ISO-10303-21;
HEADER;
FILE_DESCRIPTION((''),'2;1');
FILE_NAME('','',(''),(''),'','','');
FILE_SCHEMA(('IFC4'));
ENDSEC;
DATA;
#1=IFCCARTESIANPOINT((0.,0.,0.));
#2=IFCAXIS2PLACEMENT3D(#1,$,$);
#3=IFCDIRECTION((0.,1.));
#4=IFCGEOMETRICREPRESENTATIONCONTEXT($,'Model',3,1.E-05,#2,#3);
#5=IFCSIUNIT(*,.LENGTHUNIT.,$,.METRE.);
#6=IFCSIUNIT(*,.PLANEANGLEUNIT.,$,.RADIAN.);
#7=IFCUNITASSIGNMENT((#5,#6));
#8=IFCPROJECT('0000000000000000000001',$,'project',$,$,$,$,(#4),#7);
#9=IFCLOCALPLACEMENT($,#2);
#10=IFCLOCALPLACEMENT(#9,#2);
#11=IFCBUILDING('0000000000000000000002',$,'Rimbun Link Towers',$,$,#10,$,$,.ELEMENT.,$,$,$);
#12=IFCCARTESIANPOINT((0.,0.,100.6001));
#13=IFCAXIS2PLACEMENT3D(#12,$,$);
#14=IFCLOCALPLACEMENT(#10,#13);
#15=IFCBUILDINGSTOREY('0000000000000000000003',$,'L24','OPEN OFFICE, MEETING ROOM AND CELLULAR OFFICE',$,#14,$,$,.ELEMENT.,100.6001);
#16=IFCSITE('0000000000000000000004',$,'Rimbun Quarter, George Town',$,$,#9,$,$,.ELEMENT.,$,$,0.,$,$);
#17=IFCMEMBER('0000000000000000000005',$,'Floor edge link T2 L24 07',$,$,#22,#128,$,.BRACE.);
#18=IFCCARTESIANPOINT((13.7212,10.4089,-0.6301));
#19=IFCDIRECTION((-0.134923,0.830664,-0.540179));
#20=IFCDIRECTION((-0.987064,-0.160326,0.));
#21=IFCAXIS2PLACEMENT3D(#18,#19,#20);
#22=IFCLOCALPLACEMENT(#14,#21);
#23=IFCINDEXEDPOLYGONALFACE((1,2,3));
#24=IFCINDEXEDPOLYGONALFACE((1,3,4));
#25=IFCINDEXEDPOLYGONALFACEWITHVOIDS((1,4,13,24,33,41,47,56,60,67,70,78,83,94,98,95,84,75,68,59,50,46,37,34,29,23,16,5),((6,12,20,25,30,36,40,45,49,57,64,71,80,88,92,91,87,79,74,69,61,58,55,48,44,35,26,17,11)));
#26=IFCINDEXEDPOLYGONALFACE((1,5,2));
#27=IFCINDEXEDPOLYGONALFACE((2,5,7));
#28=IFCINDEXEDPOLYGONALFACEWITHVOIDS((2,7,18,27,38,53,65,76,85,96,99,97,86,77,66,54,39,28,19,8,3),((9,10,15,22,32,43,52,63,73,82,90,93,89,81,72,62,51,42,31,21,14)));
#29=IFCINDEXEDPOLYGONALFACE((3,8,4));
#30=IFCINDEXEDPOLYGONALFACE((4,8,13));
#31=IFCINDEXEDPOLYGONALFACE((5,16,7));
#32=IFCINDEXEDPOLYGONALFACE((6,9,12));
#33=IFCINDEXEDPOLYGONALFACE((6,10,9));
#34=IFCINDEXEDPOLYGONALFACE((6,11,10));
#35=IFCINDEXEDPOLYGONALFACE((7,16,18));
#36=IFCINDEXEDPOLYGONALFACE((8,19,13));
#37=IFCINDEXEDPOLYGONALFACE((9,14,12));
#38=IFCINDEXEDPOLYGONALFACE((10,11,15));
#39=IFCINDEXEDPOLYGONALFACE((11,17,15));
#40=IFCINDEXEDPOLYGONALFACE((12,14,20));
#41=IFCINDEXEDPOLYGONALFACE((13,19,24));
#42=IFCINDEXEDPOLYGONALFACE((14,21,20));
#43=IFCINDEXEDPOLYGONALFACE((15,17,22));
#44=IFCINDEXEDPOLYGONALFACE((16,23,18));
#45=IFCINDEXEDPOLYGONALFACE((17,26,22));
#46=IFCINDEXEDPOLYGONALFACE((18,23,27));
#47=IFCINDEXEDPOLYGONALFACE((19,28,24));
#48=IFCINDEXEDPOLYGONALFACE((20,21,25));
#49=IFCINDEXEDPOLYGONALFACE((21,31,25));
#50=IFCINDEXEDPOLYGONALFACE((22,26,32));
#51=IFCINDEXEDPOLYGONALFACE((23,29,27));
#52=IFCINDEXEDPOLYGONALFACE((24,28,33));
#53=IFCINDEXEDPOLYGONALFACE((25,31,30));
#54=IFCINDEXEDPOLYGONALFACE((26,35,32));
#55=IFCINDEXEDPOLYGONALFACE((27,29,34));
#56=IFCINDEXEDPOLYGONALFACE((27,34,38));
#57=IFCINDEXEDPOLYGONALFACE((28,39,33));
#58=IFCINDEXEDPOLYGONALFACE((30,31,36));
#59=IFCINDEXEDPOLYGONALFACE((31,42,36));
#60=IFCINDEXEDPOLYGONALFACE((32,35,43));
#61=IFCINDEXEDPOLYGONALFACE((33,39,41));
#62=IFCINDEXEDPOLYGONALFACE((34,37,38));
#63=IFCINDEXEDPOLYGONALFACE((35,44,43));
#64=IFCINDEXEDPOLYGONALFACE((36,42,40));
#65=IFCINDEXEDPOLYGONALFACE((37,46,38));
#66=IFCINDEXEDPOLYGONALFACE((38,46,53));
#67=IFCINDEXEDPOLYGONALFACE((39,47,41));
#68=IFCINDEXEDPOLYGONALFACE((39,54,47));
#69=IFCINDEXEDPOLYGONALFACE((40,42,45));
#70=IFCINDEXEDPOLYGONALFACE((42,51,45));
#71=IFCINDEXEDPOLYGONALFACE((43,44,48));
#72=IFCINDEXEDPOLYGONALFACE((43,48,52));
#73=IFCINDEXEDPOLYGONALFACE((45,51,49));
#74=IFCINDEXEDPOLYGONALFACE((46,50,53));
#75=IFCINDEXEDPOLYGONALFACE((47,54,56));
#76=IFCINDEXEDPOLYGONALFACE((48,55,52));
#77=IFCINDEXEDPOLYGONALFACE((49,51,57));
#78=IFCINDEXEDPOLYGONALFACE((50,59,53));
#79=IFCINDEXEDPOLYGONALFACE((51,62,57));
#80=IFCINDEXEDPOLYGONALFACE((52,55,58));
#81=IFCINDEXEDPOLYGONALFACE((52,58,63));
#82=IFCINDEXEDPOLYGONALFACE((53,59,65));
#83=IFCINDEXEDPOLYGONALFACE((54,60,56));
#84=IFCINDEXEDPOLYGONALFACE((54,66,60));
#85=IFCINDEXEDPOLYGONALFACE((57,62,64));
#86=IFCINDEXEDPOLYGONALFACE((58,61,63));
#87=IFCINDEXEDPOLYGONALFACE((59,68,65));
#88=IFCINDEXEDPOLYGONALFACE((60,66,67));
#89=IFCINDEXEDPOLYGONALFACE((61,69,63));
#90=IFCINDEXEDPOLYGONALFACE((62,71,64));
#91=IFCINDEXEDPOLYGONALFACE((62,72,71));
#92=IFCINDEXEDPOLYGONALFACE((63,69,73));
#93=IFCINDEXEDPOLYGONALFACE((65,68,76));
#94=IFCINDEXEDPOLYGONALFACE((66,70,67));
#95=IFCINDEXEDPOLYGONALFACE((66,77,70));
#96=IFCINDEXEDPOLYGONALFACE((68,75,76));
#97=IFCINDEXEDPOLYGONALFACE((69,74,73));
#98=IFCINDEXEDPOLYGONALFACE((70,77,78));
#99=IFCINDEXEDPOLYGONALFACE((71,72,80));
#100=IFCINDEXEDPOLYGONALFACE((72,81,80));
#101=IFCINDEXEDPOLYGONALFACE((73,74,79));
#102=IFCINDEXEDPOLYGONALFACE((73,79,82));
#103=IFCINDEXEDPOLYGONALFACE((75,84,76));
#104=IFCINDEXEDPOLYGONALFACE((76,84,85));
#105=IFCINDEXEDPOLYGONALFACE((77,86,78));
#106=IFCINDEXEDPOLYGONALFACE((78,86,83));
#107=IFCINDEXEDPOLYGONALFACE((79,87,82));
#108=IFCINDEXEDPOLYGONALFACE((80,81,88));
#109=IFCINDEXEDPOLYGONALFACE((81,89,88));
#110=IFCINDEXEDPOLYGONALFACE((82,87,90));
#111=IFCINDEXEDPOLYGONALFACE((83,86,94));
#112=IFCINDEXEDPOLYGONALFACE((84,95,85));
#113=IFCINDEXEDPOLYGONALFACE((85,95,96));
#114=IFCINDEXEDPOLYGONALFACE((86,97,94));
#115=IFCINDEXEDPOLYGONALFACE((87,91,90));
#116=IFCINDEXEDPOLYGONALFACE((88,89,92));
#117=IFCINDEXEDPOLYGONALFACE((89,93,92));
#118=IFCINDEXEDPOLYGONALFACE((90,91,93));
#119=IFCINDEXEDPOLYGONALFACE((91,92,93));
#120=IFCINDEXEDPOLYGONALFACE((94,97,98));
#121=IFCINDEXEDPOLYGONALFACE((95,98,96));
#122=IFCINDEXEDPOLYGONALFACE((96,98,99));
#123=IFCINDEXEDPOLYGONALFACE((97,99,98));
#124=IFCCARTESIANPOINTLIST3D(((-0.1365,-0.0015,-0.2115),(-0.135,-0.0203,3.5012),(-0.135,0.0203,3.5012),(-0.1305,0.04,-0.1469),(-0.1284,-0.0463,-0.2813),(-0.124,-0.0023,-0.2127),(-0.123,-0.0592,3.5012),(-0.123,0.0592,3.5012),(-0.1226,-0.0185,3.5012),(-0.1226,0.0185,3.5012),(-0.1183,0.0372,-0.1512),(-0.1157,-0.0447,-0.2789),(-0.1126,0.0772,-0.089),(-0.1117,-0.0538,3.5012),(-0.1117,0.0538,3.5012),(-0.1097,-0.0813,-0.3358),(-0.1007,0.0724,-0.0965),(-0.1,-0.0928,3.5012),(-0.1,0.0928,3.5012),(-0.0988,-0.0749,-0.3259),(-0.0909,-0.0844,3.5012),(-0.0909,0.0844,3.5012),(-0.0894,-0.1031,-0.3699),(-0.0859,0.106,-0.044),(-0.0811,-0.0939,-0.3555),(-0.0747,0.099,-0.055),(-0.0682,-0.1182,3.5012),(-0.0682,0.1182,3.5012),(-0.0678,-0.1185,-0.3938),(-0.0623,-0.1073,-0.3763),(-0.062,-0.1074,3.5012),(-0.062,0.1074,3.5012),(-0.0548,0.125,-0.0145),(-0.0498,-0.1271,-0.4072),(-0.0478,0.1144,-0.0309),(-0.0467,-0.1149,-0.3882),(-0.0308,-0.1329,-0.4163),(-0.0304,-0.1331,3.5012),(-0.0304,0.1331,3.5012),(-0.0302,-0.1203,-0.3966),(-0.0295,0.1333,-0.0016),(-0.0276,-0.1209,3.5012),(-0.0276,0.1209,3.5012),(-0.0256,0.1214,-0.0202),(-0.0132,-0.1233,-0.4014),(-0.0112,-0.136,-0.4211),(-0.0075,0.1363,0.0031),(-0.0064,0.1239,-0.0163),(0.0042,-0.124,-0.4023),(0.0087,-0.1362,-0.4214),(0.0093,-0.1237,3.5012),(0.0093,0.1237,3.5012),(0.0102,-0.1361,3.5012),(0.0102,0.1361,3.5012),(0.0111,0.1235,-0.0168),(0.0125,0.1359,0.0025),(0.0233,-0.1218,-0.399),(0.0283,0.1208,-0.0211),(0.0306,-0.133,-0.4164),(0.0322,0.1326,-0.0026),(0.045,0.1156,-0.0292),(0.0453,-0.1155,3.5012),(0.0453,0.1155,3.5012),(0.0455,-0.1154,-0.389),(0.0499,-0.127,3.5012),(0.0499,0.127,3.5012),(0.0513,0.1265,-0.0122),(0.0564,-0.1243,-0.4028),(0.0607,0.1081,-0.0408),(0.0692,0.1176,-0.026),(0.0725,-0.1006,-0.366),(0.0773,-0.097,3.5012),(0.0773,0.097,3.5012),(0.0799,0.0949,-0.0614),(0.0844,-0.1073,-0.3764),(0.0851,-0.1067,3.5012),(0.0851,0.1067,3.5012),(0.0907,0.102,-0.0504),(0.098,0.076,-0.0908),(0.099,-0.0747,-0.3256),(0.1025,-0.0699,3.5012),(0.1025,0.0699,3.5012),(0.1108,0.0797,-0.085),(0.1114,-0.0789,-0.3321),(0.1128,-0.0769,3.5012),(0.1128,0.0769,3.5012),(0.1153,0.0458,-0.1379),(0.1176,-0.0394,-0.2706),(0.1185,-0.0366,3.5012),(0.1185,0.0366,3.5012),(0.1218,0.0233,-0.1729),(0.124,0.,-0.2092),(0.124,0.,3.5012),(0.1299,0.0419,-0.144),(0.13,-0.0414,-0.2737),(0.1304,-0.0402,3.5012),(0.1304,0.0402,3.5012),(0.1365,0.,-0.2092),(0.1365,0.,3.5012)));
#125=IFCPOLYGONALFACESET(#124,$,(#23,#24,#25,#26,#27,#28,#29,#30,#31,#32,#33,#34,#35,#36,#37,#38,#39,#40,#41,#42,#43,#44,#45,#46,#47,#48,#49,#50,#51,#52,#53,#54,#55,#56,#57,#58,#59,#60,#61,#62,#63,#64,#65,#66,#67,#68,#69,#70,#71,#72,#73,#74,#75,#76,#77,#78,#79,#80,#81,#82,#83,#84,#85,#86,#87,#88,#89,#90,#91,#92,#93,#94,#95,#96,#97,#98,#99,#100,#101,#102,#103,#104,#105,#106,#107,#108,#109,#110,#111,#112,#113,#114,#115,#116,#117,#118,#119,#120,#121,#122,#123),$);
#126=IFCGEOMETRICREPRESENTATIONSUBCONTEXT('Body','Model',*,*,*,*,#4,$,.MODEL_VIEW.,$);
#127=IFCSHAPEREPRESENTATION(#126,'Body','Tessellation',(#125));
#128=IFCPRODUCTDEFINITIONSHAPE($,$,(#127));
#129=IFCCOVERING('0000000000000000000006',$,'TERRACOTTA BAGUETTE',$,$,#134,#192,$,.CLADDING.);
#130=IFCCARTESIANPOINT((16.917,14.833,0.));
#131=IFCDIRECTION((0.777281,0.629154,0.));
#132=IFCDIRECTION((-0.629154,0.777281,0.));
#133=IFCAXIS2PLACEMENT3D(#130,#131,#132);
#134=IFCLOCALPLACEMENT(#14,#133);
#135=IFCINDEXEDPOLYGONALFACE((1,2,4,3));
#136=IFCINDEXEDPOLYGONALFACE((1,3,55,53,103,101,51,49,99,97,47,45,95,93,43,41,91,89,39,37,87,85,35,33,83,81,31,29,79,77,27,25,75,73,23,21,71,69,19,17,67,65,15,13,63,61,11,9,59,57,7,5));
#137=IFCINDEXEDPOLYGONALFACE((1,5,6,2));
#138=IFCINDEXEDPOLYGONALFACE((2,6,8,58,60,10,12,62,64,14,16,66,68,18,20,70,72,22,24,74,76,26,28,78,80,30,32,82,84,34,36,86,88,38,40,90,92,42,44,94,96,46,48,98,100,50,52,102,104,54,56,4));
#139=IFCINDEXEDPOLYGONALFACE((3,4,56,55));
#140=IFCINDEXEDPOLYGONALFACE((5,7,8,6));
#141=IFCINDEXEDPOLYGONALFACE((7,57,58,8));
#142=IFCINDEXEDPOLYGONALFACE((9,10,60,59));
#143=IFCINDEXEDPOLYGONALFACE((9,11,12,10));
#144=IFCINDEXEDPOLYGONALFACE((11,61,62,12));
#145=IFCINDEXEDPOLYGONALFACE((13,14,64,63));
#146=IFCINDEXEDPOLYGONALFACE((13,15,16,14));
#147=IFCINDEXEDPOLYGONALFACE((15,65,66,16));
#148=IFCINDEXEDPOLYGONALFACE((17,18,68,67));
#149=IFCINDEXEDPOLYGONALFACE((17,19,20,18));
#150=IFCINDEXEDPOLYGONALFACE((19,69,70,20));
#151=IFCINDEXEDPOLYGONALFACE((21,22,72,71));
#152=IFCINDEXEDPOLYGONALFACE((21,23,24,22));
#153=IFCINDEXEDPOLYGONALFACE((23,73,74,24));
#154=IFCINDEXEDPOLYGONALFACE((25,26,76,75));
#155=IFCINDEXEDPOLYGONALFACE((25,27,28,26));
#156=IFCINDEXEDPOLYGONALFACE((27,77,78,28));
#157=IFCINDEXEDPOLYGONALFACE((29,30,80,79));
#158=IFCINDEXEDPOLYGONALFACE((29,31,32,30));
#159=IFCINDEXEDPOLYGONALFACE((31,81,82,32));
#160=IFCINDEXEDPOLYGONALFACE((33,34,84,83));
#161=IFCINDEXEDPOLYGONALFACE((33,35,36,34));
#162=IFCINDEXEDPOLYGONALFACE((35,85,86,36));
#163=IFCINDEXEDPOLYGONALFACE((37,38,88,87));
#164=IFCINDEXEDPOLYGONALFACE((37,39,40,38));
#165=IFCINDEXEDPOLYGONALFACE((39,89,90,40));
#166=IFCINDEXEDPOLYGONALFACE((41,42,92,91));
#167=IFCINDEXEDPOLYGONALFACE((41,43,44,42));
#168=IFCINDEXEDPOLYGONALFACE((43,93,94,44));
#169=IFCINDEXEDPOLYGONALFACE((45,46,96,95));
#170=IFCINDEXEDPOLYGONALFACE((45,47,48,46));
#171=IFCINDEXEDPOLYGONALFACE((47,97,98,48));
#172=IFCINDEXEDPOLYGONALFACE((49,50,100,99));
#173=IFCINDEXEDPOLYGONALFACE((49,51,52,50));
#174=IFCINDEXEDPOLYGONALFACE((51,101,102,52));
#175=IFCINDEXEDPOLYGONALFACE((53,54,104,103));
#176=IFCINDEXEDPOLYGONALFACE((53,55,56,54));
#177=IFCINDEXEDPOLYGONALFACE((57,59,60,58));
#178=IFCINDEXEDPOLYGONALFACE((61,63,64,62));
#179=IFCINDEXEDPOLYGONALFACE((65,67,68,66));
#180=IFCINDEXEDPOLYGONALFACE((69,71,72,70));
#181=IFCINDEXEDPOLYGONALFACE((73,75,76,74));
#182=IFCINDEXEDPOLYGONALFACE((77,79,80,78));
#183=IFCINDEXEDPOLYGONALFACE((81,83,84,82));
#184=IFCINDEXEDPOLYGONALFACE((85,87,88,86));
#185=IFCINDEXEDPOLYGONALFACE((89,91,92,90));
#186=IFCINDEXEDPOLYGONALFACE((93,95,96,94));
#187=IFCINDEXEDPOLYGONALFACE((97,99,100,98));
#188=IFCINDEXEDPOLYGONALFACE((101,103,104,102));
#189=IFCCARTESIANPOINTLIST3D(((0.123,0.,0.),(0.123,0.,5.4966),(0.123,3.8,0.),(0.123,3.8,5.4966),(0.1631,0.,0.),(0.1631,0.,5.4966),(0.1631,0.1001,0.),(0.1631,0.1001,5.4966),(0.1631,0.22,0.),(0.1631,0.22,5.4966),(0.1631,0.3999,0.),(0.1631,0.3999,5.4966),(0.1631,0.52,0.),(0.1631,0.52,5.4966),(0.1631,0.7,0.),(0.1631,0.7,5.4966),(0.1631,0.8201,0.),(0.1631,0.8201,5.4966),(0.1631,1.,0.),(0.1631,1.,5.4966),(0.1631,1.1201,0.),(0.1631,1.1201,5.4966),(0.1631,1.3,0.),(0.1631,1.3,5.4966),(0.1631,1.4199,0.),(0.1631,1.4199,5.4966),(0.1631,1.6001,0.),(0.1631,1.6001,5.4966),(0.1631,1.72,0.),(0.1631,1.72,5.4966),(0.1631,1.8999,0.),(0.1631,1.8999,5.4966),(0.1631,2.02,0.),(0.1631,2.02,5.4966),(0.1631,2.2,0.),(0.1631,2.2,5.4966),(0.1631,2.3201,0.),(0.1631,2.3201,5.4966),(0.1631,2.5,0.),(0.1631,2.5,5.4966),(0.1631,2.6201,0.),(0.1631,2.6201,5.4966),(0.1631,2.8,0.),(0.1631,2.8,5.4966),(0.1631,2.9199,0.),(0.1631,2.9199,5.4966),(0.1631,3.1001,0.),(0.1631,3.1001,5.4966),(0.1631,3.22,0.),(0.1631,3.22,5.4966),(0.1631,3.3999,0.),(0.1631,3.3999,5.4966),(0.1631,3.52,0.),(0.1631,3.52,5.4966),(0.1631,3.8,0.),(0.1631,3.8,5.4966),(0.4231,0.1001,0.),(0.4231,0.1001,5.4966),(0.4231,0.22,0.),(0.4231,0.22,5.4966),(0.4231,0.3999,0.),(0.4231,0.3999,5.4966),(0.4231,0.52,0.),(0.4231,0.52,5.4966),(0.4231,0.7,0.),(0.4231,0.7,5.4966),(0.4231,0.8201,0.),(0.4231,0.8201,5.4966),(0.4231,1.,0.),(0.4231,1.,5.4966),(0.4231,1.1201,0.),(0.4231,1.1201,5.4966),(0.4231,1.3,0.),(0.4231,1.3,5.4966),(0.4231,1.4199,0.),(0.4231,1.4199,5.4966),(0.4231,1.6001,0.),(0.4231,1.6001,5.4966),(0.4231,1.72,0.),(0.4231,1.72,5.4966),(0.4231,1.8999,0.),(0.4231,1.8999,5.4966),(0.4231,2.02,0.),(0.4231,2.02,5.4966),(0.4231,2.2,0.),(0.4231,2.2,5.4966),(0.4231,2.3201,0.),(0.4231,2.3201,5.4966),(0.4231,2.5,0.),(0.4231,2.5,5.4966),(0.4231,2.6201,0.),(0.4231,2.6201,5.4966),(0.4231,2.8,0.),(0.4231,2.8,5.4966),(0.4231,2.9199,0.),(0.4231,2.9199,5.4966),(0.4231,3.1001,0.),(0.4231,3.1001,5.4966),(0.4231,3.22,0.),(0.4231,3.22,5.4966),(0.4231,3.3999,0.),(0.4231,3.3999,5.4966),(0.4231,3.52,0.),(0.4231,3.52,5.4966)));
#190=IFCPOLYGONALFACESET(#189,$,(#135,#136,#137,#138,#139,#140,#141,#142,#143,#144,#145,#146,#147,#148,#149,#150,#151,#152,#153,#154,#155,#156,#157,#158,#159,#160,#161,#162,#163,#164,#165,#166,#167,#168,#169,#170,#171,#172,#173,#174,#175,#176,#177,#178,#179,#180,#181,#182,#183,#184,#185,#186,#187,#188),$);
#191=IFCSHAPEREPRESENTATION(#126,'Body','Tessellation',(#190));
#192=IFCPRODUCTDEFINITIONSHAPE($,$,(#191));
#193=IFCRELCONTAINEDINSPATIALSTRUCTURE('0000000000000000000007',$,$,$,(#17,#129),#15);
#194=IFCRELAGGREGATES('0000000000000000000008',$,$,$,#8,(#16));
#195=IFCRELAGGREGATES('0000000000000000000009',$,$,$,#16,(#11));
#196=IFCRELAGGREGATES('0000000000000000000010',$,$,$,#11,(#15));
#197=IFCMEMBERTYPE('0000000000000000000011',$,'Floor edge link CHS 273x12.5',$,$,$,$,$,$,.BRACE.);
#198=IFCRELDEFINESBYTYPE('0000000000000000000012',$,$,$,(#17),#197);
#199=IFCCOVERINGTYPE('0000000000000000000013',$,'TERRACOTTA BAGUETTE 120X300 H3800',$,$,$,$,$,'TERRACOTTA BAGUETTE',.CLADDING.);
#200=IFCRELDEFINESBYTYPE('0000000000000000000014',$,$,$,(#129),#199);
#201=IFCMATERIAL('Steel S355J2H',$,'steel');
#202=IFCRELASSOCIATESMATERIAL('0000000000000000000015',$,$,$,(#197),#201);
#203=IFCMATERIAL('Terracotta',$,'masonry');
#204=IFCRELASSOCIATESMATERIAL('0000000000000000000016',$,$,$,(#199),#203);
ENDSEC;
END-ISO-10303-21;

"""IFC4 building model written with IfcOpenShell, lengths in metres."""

from ifc_helpers import new_model, si_unit, direction, frame, origin, origin_2d, place, context, subcontext, project, spatial, polyline, hollow_circle, outline, extrude, clip, halfspace, material, material_profile, profile_set, type_object, element, save


model = new_model("IFC4")

# Units and contexts
model_context = context("Model", 3, precision=1e-05, world=origin(), true_north=direction((0.0, 1.0)))
body_context = subcontext(model_context, "Body", "Model", "MODEL_VIEW")
ifc_project = project(units=[si_unit("LENGTHUNIT", "METRE"), si_unit("PLANEANGLEUNIT", "RADIAN")], contexts=[model_context])

# Site, building, storey
site_placement = place(None, origin())
site = spatial("IfcSite", under=ifc_project, at=site_placement, Name="Rimbun Quarter, George Town", CompositionType="ELEMENT", RefElevation=0.0)
building_placement = place(site_placement, origin())
building = spatial("IfcBuilding", under=site, at=building_placement, Name="Rimbun Link Towers", CompositionType="ELEMENT")
storey_placement = place(building_placement, frame((0.0, 0.0, 100.6001)))
storey = spatial("IfcBuildingStorey", under=building, at=storey_placement, Name="L24", Description="OPEN OFFICE, MEETING ROOM AND CELLULAR OFFICE", CompositionType="ELEMENT", Elevation=100.6001)

# Member
ifc_material_1 = material(Name="Steel S355J2H", Category="steel")
ifc_material_profile_1 = material_profile(ifc_material_1, hollow_circle(Radius=0.1365, WallThickness=0.0125, at=origin_2d()), Name="CHS 273x12.5")
ifc_profile_set_1 = profile_set([ifc_material_profile_1], Name="Steel S355J2H")
member_type_1 = type_object("IfcMemberType", Name="Floor edge link CHS 273x12.5", PredefinedType="BRACE", material=ifc_profile_set_1)
member_1_placement = place(storey_placement, frame((13.7212, 10.4089, -0.6301), z_axis=(-0.134923, 0.830664, -0.540179), x_axis=(-0.987064, -0.160326, 0.0)))
element("IfcMember", 1, at=member_1_placement, inside=storey, type_object=member_type_1, Name="Floor edge link T2 L24 07", PredefinedType="BRACE", context=body_context, shape_type="Clipping", body=[
    clip(extrude(hollow_circle(Radius=0.1365, WallThickness=0.0125, at=origin_2d()), frame((0.0, 0.0, -0.4438)), (0.0, 0.0, 1.0), 3.9451), halfspace(frame((0.0, 0.0, -0.2092), z_axis=(0.0, 0.84155, -0.540179)), False)),
])

# Covering
ifc_material_2 = material(Name="Terracotta", Category="masonry")
ifc_material_profile_2 = material_profile(ifc_material_2, outline(polyline([(0.123, 0.0), (0.1631, 0.0), (0.1631, 0.1001), (0.4231, 0.1001), (0.4231, 0.22), (0.1631, 0.22), (0.1631, 0.3999), (0.4231, 0.3999), (0.4231, 0.52), (0.1631, 0.52), (0.1631, 0.7), (0.4231, 0.7), (0.4231, 0.8201), (0.1631, 0.8201), (0.1631, 1.0), (0.4231, 1.0), (0.4231, 1.1201), (0.1631, 1.1201), (0.1631, 1.3), (0.4231, 1.3), (0.4231, 1.4199), (0.1631, 1.4199), (0.1631, 1.6001), (0.4231, 1.6001), (0.4231, 1.72), (0.1631, 1.72), (0.1631, 1.8999), (0.4231, 1.8999), (0.4231, 2.02), (0.1631, 2.02), (0.1631, 2.2), (0.4231, 2.2), (0.4231, 2.3201), (0.1631, 2.3201), (0.1631, 2.5), (0.4231, 2.5), (0.4231, 2.6201), (0.1631, 2.6201), (0.1631, 2.8), (0.4231, 2.8), (0.4231, 2.9199), (0.1631, 2.9199), (0.1631, 3.1001), (0.4231, 3.1001), (0.4231, 3.22), (0.1631, 3.22), (0.1631, 3.3999), (0.4231, 3.3999), (0.4231, 3.52), (0.1631, 3.52), (0.1631, 3.8), (0.123, 3.8), (0.123, 0.0)])), Name="BAGUETTE 120X300")
ifc_profile_set_2 = profile_set([ifc_material_profile_2], Name="Terracotta")
covering_type = type_object("IfcCoveringType", Name="TERRACOTTA BAGUETTE 120X300 H3800", ElementType="TERRACOTTA BAGUETTE", PredefinedType="CLADDING", material=ifc_profile_set_2)
for number, where, z_axis, x_axis, name in (
    (2, (16.917, 14.833, 0.0), (0.777281, 0.629154, 0.0), (-0.629154, 0.777281, 0.0), "TERRACOTTA BAGUETTE"),
):
    element("IfcCovering", number, at=place(storey_placement, frame(where, z_axis=z_axis, x_axis=x_axis)), inside=storey, type_object=covering_type, Name=name, PredefinedType="CLADDING", context=body_context, shape_type="SweptSolid", body=[
        extrude(outline(polyline([(0.123, 0.0), (0.1631, 0.0), (0.1631, 0.1001), (0.4231, 0.1001), (0.4231, 0.22), (0.1631, 0.22), (0.1631, 0.3999), (0.4231, 0.3999), (0.4231, 0.52), (0.1631, 0.52), (0.1631, 0.7), (0.4231, 0.7), (0.4231, 0.8201), (0.1631, 0.8201), (0.1631, 1.0), (0.4231, 1.0), (0.4231, 1.1201), (0.1631, 1.1201), (0.1631, 1.3), (0.4231, 1.3), (0.4231, 1.4199), (0.1631, 1.4199), (0.1631, 1.6001), (0.4231, 1.6001), (0.4231, 1.72), (0.1631, 1.72), (0.1631, 1.8999), (0.4231, 1.8999), (0.4231, 2.02), (0.1631, 2.02), (0.1631, 2.2), (0.4231, 2.2), (0.4231, 2.3201), (0.1631, 2.3201), (0.1631, 2.5), (0.4231, 2.5), (0.4231, 2.6201), (0.1631, 2.6201), (0.1631, 2.8), (0.4231, 2.8), (0.4231, 2.9199), (0.1631, 2.9199), (0.1631, 3.1001), (0.4231, 3.1001), (0.4231, 3.22), (0.1631, 3.22), (0.1631, 3.3999), (0.4231, 3.3999), (0.4231, 3.52), (0.1631, 3.52), (0.1631, 3.8), (0.123, 3.8), (0.123, 0.0)])), origin(), (0.0, 0.0, 1.0), 5.4966),
    ])

save(model, "model.ifc")
